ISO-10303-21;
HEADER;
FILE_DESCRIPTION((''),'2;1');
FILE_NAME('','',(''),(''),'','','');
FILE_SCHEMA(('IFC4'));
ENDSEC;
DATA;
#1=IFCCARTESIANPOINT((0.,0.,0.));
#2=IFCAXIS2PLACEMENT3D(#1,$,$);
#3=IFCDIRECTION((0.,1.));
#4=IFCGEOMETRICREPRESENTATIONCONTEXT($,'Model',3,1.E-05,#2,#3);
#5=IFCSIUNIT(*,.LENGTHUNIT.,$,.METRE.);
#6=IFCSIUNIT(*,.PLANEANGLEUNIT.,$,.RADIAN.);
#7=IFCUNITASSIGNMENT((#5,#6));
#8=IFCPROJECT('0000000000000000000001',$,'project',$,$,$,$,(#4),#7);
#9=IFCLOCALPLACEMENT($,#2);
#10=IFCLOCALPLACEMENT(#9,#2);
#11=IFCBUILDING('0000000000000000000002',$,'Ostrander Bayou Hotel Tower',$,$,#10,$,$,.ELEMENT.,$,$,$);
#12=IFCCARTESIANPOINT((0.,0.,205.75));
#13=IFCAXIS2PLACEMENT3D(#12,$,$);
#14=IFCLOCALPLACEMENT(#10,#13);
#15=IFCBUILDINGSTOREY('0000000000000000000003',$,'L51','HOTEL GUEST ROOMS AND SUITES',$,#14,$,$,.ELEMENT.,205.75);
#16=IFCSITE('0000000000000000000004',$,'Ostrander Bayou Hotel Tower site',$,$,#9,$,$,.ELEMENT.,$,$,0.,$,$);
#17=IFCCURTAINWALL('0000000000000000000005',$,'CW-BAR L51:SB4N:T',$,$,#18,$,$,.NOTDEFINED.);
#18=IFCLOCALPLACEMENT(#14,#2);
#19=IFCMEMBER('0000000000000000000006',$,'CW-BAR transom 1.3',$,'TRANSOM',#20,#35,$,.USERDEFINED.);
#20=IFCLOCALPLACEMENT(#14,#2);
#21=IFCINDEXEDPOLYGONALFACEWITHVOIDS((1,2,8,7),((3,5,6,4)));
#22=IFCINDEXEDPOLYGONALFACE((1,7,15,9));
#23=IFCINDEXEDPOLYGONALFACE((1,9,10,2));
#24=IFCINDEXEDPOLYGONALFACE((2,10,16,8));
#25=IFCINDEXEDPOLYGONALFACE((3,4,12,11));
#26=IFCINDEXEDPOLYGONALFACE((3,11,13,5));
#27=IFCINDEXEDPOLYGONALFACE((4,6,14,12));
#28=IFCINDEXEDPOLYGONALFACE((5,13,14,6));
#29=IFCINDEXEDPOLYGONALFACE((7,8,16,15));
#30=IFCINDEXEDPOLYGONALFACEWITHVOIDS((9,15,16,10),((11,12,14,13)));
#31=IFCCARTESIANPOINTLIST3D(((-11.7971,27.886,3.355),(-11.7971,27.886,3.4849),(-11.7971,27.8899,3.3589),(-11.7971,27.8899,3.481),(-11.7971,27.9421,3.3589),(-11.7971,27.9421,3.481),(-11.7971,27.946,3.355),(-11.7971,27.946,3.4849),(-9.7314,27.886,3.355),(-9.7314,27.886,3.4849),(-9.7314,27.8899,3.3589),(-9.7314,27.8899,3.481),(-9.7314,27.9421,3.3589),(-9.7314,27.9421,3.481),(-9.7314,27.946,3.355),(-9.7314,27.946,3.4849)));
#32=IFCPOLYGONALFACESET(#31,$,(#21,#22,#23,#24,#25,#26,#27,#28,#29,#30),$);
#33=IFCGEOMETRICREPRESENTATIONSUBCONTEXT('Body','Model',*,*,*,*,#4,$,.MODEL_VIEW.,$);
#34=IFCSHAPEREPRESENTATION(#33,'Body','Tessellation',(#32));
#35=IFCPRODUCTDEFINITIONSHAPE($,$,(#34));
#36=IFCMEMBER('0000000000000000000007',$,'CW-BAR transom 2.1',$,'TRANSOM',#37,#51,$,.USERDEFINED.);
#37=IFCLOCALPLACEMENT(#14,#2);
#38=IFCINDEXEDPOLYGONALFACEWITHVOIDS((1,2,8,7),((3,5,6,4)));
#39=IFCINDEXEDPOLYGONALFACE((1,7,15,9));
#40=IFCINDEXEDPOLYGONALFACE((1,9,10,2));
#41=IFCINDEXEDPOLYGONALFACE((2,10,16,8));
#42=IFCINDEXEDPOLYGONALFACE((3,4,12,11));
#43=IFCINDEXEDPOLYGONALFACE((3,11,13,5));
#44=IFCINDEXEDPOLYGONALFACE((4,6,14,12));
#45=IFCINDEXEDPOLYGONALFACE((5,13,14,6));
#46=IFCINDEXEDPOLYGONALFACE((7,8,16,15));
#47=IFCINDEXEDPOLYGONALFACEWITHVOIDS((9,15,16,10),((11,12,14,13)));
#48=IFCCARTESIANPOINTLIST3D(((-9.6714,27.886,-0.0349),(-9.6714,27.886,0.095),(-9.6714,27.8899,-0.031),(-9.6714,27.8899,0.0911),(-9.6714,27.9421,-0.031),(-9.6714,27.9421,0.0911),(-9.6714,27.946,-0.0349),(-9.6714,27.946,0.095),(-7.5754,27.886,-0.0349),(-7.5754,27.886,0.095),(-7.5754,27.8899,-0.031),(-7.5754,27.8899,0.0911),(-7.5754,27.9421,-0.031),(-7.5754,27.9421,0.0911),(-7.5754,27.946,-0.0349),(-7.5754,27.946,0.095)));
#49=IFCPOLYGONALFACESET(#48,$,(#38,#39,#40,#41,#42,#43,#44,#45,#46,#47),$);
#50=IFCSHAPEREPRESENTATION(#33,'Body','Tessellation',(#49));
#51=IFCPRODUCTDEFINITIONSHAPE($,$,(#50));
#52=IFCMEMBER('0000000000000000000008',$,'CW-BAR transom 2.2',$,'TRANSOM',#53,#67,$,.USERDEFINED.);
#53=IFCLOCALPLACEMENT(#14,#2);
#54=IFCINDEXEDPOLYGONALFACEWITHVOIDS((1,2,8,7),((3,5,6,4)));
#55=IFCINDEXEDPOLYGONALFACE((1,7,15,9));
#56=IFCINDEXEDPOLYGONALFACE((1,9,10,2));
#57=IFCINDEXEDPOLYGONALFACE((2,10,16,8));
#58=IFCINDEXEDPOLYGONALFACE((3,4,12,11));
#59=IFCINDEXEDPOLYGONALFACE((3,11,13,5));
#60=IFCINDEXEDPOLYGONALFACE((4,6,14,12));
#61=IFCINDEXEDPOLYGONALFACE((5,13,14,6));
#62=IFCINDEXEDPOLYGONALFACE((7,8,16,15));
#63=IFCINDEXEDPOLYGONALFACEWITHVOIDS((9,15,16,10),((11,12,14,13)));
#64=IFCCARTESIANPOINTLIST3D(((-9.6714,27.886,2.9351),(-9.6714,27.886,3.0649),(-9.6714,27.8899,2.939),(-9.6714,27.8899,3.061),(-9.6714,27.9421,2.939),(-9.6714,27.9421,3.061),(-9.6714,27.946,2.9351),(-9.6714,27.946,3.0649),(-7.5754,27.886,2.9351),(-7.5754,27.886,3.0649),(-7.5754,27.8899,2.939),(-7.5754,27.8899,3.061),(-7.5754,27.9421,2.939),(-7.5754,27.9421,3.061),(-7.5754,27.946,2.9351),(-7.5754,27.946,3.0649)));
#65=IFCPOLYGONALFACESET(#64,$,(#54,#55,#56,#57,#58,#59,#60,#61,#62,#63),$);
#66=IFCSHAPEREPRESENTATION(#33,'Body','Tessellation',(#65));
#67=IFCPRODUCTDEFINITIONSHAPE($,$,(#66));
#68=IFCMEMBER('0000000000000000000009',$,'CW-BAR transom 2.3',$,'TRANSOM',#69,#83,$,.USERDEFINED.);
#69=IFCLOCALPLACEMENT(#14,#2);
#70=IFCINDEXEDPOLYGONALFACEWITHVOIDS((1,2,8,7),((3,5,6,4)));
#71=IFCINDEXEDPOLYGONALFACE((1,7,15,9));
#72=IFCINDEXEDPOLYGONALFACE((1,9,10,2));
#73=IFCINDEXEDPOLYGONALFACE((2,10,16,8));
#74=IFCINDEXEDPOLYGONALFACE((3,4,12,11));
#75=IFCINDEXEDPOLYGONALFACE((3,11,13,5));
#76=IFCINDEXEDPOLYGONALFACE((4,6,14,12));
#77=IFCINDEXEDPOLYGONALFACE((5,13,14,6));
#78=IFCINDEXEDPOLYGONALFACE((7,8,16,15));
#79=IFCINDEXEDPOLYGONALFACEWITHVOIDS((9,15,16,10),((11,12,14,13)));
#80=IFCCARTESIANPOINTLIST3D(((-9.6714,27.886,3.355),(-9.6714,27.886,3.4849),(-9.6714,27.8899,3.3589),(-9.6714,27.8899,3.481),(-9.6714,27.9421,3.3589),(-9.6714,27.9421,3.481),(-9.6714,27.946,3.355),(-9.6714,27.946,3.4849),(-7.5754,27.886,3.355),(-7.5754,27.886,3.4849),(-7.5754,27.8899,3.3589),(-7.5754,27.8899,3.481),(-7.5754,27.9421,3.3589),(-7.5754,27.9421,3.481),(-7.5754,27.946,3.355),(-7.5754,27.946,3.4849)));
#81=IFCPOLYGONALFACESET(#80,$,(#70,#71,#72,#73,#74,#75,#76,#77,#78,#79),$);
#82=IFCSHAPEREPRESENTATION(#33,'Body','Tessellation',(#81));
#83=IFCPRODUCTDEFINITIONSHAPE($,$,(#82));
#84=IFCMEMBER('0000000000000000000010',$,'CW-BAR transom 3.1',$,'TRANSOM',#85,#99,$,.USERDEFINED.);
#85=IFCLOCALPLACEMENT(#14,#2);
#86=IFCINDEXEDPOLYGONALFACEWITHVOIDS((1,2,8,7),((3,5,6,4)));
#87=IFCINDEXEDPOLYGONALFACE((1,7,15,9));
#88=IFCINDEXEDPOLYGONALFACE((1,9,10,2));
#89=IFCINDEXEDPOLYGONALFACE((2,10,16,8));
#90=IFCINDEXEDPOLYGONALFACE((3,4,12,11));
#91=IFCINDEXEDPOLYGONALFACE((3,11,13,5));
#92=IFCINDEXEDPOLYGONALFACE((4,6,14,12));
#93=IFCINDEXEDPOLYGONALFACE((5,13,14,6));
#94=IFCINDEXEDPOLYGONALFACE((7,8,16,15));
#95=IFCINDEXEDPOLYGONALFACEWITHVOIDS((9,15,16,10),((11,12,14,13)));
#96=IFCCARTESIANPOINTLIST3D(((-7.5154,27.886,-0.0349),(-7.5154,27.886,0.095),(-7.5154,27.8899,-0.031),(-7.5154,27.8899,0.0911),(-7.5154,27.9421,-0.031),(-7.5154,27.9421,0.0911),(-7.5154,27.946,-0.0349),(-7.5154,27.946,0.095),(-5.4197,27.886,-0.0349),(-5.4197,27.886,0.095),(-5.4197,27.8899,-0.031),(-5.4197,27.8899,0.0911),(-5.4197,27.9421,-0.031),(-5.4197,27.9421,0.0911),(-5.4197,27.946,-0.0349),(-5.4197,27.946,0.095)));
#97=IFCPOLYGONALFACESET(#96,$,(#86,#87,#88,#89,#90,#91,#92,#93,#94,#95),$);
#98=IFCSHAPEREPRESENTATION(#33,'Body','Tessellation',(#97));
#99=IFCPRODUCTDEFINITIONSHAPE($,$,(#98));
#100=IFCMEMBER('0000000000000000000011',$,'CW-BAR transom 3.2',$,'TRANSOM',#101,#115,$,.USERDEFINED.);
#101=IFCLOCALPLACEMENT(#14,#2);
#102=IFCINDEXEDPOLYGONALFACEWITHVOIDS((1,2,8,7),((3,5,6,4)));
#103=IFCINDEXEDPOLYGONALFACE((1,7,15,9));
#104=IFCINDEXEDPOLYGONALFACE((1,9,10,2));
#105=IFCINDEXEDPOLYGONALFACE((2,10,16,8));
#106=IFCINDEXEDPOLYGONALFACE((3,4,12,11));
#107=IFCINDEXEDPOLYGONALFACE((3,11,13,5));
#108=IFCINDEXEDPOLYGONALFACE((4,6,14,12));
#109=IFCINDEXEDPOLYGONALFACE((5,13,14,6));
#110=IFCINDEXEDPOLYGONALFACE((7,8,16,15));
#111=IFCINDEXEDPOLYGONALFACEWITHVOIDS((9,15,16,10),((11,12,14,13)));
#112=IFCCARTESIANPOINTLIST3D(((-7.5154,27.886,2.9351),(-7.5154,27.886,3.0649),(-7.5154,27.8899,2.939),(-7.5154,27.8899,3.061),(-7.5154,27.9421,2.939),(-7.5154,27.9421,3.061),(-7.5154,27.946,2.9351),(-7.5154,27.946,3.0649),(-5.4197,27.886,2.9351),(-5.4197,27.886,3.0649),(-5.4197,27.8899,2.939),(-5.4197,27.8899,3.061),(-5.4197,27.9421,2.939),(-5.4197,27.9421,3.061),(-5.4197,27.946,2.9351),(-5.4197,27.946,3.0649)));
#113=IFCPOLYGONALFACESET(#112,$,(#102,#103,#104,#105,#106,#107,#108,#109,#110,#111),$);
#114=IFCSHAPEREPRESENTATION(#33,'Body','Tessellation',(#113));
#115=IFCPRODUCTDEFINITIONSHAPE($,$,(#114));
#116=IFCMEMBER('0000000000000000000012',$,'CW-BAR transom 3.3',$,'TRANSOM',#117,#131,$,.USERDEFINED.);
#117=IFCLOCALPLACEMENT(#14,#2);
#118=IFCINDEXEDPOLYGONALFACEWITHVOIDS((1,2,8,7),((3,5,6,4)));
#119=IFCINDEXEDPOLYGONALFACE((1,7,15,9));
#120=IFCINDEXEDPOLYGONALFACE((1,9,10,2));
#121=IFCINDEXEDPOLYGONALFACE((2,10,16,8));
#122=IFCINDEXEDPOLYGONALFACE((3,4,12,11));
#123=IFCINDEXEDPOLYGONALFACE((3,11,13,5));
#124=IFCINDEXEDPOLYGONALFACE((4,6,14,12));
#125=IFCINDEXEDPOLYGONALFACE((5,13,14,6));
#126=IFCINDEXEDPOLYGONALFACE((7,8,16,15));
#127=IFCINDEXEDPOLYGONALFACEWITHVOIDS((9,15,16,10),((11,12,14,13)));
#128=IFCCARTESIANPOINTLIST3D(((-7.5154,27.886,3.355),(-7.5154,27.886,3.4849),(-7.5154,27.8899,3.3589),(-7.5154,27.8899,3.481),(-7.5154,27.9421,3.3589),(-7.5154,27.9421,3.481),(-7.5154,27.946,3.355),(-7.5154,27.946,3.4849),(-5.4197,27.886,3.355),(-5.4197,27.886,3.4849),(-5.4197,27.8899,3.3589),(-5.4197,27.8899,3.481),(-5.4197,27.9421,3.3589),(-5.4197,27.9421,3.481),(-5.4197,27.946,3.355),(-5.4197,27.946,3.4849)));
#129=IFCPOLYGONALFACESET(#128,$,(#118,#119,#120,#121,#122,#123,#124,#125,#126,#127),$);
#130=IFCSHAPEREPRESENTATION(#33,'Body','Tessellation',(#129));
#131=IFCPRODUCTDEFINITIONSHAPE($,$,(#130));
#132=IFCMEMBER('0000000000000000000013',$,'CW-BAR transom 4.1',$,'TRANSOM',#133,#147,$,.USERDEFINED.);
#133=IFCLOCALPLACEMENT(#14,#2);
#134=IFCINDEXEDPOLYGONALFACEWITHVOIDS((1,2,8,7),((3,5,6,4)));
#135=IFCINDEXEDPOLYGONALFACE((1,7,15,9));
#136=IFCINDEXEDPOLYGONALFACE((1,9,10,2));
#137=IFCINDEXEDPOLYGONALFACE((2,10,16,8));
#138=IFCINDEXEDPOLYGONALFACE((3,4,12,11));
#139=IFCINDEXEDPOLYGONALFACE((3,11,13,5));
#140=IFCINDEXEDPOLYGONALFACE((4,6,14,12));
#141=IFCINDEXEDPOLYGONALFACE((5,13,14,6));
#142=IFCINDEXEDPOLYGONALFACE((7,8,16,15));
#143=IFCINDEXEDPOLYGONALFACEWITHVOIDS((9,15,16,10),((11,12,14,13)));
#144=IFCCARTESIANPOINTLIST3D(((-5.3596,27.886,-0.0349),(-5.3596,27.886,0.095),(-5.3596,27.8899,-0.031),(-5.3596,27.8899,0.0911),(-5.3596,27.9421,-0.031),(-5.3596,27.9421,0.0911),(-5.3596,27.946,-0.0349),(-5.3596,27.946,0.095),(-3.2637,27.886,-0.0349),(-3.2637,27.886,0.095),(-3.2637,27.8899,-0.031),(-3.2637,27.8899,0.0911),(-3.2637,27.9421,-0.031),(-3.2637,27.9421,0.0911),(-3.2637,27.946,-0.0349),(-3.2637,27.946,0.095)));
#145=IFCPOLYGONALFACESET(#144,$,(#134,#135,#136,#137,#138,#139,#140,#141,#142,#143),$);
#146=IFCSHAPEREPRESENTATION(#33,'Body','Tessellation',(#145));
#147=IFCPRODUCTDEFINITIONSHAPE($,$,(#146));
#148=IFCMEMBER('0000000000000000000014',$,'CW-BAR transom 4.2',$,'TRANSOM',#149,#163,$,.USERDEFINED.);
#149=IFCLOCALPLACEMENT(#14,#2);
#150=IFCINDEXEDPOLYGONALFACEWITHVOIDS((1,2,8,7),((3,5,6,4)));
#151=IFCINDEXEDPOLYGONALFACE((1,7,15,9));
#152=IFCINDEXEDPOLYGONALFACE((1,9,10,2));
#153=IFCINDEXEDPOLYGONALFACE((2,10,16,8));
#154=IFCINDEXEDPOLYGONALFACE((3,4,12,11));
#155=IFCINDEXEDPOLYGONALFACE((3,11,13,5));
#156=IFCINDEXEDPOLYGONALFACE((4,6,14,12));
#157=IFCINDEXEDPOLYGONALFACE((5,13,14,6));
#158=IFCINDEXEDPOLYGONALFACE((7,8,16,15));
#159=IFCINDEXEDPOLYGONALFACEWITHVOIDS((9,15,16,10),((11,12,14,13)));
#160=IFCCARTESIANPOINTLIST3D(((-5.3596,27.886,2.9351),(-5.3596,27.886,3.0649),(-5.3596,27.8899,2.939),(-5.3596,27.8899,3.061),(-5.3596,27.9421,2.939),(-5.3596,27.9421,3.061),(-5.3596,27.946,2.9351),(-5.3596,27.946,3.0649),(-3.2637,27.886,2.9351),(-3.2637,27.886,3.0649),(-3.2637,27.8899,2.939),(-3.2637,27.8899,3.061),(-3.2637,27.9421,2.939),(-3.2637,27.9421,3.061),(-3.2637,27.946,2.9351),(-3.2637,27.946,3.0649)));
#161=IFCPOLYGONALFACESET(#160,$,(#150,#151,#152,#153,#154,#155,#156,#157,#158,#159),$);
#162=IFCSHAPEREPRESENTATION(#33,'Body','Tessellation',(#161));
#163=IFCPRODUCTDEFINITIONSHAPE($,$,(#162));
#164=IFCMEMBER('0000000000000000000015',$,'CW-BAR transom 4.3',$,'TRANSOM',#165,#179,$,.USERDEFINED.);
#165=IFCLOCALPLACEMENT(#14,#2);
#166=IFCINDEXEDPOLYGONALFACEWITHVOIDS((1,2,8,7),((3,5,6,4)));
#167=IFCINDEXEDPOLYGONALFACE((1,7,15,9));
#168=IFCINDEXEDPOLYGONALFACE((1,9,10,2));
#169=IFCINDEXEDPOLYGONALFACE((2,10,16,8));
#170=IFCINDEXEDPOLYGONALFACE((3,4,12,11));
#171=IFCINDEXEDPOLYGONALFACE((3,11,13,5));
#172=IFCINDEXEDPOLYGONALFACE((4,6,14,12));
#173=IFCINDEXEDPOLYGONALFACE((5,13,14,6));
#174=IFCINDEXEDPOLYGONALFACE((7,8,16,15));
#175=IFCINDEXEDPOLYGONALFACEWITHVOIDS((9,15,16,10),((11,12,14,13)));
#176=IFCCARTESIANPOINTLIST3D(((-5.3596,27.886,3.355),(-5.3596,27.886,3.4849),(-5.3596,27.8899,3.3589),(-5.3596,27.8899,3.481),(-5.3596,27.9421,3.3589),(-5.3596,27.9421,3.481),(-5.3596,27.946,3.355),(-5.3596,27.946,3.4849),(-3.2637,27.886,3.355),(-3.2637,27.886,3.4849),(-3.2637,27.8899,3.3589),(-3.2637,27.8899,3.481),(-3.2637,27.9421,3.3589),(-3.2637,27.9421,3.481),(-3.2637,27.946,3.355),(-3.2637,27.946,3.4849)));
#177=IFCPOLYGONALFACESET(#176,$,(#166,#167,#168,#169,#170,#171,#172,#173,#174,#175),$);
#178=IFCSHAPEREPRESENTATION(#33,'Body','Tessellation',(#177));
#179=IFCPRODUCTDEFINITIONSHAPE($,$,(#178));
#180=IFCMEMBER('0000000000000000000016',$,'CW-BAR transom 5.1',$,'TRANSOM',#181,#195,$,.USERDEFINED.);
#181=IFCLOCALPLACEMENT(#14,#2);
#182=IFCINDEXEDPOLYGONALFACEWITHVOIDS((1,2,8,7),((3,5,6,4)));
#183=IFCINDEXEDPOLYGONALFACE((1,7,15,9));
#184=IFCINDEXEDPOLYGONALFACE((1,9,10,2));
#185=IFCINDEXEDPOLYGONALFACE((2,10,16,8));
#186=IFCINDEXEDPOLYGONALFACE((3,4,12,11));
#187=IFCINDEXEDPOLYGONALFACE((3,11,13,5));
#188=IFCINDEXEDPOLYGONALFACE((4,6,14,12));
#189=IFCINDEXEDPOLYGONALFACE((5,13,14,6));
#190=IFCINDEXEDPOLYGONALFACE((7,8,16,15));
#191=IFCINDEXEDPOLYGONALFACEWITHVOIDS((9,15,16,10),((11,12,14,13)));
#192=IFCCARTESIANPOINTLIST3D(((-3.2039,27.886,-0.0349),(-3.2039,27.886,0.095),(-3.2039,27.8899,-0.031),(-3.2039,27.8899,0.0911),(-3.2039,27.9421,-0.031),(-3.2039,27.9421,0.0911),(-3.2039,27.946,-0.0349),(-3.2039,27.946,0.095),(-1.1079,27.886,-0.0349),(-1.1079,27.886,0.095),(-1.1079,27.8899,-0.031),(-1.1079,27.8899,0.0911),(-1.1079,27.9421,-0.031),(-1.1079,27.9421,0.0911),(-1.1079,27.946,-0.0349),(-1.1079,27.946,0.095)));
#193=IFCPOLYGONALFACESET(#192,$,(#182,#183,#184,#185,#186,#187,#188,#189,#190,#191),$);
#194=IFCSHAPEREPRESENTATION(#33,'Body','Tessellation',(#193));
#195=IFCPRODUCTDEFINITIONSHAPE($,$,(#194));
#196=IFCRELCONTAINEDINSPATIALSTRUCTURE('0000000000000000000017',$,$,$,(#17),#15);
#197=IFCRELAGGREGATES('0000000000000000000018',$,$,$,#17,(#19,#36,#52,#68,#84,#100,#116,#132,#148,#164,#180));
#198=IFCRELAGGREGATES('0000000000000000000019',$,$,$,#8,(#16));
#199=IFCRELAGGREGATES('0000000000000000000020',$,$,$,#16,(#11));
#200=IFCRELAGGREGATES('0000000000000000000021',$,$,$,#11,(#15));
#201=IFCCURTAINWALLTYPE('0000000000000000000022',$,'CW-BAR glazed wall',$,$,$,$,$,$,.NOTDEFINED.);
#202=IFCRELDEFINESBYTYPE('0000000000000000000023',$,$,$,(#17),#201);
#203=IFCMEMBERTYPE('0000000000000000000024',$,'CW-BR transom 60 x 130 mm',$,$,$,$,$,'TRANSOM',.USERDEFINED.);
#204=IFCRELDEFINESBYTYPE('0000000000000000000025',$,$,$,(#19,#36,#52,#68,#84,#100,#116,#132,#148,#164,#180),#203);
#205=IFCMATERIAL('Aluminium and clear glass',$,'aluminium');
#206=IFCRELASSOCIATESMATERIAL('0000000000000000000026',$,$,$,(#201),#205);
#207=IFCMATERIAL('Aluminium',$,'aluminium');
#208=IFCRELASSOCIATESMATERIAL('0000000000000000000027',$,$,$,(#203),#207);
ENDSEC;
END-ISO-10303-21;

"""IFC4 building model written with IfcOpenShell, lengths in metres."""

from ifc_helpers import new_model, si_unit, direction, frame, origin, origin_2d, place, context, subcontext, project, spatial, hollow_rectangle, extrude, material, material_profile, profile_set, type_object, element, aggregate, save


model = new_model("IFC4")

# Units and contexts
model_context = context("Model", 3, precision=1e-05, world=origin(), true_north=direction((0.0, 1.0)))
body_context = subcontext(model_context, "Body", "Model", "MODEL_VIEW")
ifc_project = project(units=[si_unit("LENGTHUNIT", "METRE"), si_unit("PLANEANGLEUNIT", "RADIAN")], contexts=[model_context])

# Site, building, storey
site_placement = place(None, origin())
site = spatial("IfcSite", under=ifc_project, at=site_placement, Name="Ostrander Bayou Hotel Tower site", CompositionType="ELEMENT", RefElevation=0.0)
building_placement = place(site_placement, origin())
building = spatial("IfcBuilding", under=site, at=building_placement, Name="Ostrander Bayou Hotel Tower", CompositionType="ELEMENT")
storey_placement = place(building_placement, frame((0.0, 0.0, 205.75)))
storey = spatial("IfcBuildingStorey", under=building, at=storey_placement, Name="L51", Description="HOTEL GUEST ROOMS AND SUITES", CompositionType="ELEMENT", Elevation=205.75)

# Curtain wall, members
ifc_material_1 = material(Name="Aluminium and clear glass", Category="aluminium")
curtain_wall_type = type_object("IfcCurtainWallType", Name="CW-BAR glazed wall", PredefinedType="NOTDEFINED", material=ifc_material_1)
curtain_wall_placement = place(storey_placement, origin())
curtain_wall = element("IfcCurtainWall", 1, at=curtain_wall_placement, inside=storey, type_object=curtain_wall_type, Name="CW-BAR L51:SB4N:T", PredefinedType="NOTDEFINED")
ifc_material_2 = material(Name="Aluminium", Category="aluminium")
ifc_material_profile_1 = material_profile(ifc_material_2, hollow_rectangle(XDim=0.0601, YDim=0.1299, WallThickness=0.0039, at=origin_2d()))
ifc_profile_set_1 = profile_set([ifc_material_profile_1], Name="Aluminium")
member_type_1 = type_object("IfcMemberType", Name="CW-BR transom 60 x 130 mm", ElementType="TRANSOM", PredefinedType="USERDEFINED", material=ifc_profile_set_1)
member_1_placement = place(storey_placement, frame((-11.7971, 27.916, 3.4199), z_axis=(1.0, 0.0, 0.0), x_axis=(0.0, 1.0, 0.0)))
member_1 = element("IfcMember", 2, at=member_1_placement, type_object=member_type_1, Name="CW-BAR transom 1.3", ObjectType="TRANSOM", PredefinedType="USERDEFINED", context=body_context, shape_type="SweptSolid", body=[
    extrude(hollow_rectangle(XDim=0.0601, YDim=0.1299, WallThickness=0.0039, at=origin_2d()), origin(), (0.0, 0.0, 1.0), 2.0657),
])
member_2_placement = place(storey_placement, frame((-9.6714, 27.916, 0.03), z_axis=(1.0, 0.0, 0.0), x_axis=(0.0, 1.0, 0.0)))
member_2 = element("IfcMember", 3, at=member_2_placement, type_object=member_type_1, Name="CW-BAR transom 2.1", ObjectType="TRANSOM", PredefinedType="USERDEFINED", context=body_context, shape_type="SweptSolid", body=[
    extrude(hollow_rectangle(XDim=0.0601, YDim=0.1299, WallThickness=0.0039, at=origin_2d()), origin(), (0.0, 0.0, 1.0), 2.0959),
])
member_3_placement = place(storey_placement, frame((-9.6714, 27.916, 3.0), z_axis=(1.0, 0.0, 0.0), x_axis=(0.0, 1.0, 0.0)))
member_3 = element("IfcMember", 4, at=member_3_placement, type_object=member_type_1, Name="CW-BAR transom 2.2", ObjectType="TRANSOM", PredefinedType="USERDEFINED", context=body_context, shape_type="SweptSolid", body=[
    extrude(hollow_rectangle(XDim=0.0601, YDim=0.1299, WallThickness=0.0039, at=origin_2d()), origin(), (0.0, 0.0, 1.0), 2.0959),
])
member_4_placement = place(storey_placement, frame((-9.6714, 27.916, 3.4199), z_axis=(1.0, 0.0, 0.0), x_axis=(0.0, 1.0, 0.0)))
member_4 = element("IfcMember", 5, at=member_4_placement, type_object=member_type_1, Name="CW-BAR transom 2.3", ObjectType="TRANSOM", PredefinedType="USERDEFINED", context=body_context, shape_type="SweptSolid", body=[
    extrude(hollow_rectangle(XDim=0.0601, YDim=0.1299, WallThickness=0.0039, at=origin_2d()), origin(), (0.0, 0.0, 1.0), 2.0959),
])
member_5_placement = place(storey_placement, frame((-7.5154, 27.916, 0.03), z_axis=(1.0, 0.0, 0.0), x_axis=(0.0, 1.0, 0.0)))
member_5 = element("IfcMember", 6, at=member_5_placement, type_object=member_type_1, Name="CW-BAR transom 3.1", ObjectType="TRANSOM", PredefinedType="USERDEFINED", context=body_context, shape_type="SweptSolid", body=[
    extrude(hollow_rectangle(XDim=0.0601, YDim=0.1299, WallThickness=0.0039, at=origin_2d()), origin(), (0.0, 0.0, 1.0), 2.0957),
])
member_6_placement = place(storey_placement, frame((-7.5154, 27.916, 3.0), z_axis=(1.0, 0.0, 0.0), x_axis=(0.0, 1.0, 0.0)))
member_6 = element("IfcMember", 7, at=member_6_placement, type_object=member_type_1, Name="CW-BAR transom 3.2", ObjectType="TRANSOM", PredefinedType="USERDEFINED", context=body_context, shape_type="SweptSolid", body=[
    extrude(hollow_rectangle(XDim=0.0601, YDim=0.1299, WallThickness=0.0039, at=origin_2d()), origin(), (0.0, 0.0, 1.0), 2.0957),
])
member_7_placement = place(storey_placement, frame((-7.5154, 27.916, 3.4199), z_axis=(1.0, 0.0, 0.0), x_axis=(0.0, 1.0, 0.0)))
member_7 = element("IfcMember", 8, at=member_7_placement, type_object=member_type_1, Name="CW-BAR transom 3.3", ObjectType="TRANSOM", PredefinedType="USERDEFINED", context=body_context, shape_type="SweptSolid", body=[
    extrude(hollow_rectangle(XDim=0.0601, YDim=0.1299, WallThickness=0.0039, at=origin_2d()), origin(), (0.0, 0.0, 1.0), 2.0957),
])
member_8_placement = place(storey_placement, frame((-5.3596, 27.916, 0.03), z_axis=(1.0, 0.0, 0.0), x_axis=(0.0, 1.0, 0.0)))
member_8 = element("IfcMember", 9, at=member_8_placement, type_object=member_type_1, Name="CW-BAR transom 4.1", ObjectType="TRANSOM", PredefinedType="USERDEFINED", context=body_context, shape_type="SweptSolid", body=[
    extrude(hollow_rectangle(XDim=0.0601, YDim=0.1299, WallThickness=0.0039, at=origin_2d()), origin(), (0.0, 0.0, 1.0), 2.0959),
])
member_9_placement = place(storey_placement, frame((-5.3596, 27.916, 3.0), z_axis=(1.0, 0.0, 0.0), x_axis=(0.0, 1.0, 0.0)))
member_9 = element("IfcMember", 10, at=member_9_placement, type_object=member_type_1, Name="CW-BAR transom 4.2", ObjectType="TRANSOM", PredefinedType="USERDEFINED", context=body_context, shape_type="SweptSolid", body=[
    extrude(hollow_rectangle(XDim=0.0601, YDim=0.1299, WallThickness=0.0039, at=origin_2d()), origin(), (0.0, 0.0, 1.0), 2.0959),
])
member_10_placement = place(storey_placement, frame((-5.3596, 27.916, 3.4199), z_axis=(1.0, 0.0, 0.0), x_axis=(0.0, 1.0, 0.0)))
member_10 = element("IfcMember", 11, at=member_10_placement, type_object=member_type_1, Name="CW-BAR transom 4.3", ObjectType="TRANSOM", PredefinedType="USERDEFINED", context=body_context, shape_type="SweptSolid", body=[
    extrude(hollow_rectangle(XDim=0.0601, YDim=0.1299, WallThickness=0.0039, at=origin_2d()), origin(), (0.0, 0.0, 1.0), 2.0959),
])
member_11_placement = place(storey_placement, frame((-3.2039, 27.916, 0.03), z_axis=(1.0, 0.0, 0.0), x_axis=(0.0, 1.0, 0.0)))
member_11 = element("IfcMember", 12, at=member_11_placement, type_object=member_type_1, Name="CW-BAR transom 5.1", ObjectType="TRANSOM", PredefinedType="USERDEFINED", context=body_context, shape_type="SweptSolid", body=[
    extrude(hollow_rectangle(XDim=0.0601, YDim=0.1299, WallThickness=0.0039, at=origin_2d()), origin(), (0.0, 0.0, 1.0), 2.0959),
])
aggregate(curtain_wall, [member_1, member_2, member_3, member_4, member_5, member_6, member_7, member_8, member_9, member_10, member_11])

save(model, "model.ifc")
